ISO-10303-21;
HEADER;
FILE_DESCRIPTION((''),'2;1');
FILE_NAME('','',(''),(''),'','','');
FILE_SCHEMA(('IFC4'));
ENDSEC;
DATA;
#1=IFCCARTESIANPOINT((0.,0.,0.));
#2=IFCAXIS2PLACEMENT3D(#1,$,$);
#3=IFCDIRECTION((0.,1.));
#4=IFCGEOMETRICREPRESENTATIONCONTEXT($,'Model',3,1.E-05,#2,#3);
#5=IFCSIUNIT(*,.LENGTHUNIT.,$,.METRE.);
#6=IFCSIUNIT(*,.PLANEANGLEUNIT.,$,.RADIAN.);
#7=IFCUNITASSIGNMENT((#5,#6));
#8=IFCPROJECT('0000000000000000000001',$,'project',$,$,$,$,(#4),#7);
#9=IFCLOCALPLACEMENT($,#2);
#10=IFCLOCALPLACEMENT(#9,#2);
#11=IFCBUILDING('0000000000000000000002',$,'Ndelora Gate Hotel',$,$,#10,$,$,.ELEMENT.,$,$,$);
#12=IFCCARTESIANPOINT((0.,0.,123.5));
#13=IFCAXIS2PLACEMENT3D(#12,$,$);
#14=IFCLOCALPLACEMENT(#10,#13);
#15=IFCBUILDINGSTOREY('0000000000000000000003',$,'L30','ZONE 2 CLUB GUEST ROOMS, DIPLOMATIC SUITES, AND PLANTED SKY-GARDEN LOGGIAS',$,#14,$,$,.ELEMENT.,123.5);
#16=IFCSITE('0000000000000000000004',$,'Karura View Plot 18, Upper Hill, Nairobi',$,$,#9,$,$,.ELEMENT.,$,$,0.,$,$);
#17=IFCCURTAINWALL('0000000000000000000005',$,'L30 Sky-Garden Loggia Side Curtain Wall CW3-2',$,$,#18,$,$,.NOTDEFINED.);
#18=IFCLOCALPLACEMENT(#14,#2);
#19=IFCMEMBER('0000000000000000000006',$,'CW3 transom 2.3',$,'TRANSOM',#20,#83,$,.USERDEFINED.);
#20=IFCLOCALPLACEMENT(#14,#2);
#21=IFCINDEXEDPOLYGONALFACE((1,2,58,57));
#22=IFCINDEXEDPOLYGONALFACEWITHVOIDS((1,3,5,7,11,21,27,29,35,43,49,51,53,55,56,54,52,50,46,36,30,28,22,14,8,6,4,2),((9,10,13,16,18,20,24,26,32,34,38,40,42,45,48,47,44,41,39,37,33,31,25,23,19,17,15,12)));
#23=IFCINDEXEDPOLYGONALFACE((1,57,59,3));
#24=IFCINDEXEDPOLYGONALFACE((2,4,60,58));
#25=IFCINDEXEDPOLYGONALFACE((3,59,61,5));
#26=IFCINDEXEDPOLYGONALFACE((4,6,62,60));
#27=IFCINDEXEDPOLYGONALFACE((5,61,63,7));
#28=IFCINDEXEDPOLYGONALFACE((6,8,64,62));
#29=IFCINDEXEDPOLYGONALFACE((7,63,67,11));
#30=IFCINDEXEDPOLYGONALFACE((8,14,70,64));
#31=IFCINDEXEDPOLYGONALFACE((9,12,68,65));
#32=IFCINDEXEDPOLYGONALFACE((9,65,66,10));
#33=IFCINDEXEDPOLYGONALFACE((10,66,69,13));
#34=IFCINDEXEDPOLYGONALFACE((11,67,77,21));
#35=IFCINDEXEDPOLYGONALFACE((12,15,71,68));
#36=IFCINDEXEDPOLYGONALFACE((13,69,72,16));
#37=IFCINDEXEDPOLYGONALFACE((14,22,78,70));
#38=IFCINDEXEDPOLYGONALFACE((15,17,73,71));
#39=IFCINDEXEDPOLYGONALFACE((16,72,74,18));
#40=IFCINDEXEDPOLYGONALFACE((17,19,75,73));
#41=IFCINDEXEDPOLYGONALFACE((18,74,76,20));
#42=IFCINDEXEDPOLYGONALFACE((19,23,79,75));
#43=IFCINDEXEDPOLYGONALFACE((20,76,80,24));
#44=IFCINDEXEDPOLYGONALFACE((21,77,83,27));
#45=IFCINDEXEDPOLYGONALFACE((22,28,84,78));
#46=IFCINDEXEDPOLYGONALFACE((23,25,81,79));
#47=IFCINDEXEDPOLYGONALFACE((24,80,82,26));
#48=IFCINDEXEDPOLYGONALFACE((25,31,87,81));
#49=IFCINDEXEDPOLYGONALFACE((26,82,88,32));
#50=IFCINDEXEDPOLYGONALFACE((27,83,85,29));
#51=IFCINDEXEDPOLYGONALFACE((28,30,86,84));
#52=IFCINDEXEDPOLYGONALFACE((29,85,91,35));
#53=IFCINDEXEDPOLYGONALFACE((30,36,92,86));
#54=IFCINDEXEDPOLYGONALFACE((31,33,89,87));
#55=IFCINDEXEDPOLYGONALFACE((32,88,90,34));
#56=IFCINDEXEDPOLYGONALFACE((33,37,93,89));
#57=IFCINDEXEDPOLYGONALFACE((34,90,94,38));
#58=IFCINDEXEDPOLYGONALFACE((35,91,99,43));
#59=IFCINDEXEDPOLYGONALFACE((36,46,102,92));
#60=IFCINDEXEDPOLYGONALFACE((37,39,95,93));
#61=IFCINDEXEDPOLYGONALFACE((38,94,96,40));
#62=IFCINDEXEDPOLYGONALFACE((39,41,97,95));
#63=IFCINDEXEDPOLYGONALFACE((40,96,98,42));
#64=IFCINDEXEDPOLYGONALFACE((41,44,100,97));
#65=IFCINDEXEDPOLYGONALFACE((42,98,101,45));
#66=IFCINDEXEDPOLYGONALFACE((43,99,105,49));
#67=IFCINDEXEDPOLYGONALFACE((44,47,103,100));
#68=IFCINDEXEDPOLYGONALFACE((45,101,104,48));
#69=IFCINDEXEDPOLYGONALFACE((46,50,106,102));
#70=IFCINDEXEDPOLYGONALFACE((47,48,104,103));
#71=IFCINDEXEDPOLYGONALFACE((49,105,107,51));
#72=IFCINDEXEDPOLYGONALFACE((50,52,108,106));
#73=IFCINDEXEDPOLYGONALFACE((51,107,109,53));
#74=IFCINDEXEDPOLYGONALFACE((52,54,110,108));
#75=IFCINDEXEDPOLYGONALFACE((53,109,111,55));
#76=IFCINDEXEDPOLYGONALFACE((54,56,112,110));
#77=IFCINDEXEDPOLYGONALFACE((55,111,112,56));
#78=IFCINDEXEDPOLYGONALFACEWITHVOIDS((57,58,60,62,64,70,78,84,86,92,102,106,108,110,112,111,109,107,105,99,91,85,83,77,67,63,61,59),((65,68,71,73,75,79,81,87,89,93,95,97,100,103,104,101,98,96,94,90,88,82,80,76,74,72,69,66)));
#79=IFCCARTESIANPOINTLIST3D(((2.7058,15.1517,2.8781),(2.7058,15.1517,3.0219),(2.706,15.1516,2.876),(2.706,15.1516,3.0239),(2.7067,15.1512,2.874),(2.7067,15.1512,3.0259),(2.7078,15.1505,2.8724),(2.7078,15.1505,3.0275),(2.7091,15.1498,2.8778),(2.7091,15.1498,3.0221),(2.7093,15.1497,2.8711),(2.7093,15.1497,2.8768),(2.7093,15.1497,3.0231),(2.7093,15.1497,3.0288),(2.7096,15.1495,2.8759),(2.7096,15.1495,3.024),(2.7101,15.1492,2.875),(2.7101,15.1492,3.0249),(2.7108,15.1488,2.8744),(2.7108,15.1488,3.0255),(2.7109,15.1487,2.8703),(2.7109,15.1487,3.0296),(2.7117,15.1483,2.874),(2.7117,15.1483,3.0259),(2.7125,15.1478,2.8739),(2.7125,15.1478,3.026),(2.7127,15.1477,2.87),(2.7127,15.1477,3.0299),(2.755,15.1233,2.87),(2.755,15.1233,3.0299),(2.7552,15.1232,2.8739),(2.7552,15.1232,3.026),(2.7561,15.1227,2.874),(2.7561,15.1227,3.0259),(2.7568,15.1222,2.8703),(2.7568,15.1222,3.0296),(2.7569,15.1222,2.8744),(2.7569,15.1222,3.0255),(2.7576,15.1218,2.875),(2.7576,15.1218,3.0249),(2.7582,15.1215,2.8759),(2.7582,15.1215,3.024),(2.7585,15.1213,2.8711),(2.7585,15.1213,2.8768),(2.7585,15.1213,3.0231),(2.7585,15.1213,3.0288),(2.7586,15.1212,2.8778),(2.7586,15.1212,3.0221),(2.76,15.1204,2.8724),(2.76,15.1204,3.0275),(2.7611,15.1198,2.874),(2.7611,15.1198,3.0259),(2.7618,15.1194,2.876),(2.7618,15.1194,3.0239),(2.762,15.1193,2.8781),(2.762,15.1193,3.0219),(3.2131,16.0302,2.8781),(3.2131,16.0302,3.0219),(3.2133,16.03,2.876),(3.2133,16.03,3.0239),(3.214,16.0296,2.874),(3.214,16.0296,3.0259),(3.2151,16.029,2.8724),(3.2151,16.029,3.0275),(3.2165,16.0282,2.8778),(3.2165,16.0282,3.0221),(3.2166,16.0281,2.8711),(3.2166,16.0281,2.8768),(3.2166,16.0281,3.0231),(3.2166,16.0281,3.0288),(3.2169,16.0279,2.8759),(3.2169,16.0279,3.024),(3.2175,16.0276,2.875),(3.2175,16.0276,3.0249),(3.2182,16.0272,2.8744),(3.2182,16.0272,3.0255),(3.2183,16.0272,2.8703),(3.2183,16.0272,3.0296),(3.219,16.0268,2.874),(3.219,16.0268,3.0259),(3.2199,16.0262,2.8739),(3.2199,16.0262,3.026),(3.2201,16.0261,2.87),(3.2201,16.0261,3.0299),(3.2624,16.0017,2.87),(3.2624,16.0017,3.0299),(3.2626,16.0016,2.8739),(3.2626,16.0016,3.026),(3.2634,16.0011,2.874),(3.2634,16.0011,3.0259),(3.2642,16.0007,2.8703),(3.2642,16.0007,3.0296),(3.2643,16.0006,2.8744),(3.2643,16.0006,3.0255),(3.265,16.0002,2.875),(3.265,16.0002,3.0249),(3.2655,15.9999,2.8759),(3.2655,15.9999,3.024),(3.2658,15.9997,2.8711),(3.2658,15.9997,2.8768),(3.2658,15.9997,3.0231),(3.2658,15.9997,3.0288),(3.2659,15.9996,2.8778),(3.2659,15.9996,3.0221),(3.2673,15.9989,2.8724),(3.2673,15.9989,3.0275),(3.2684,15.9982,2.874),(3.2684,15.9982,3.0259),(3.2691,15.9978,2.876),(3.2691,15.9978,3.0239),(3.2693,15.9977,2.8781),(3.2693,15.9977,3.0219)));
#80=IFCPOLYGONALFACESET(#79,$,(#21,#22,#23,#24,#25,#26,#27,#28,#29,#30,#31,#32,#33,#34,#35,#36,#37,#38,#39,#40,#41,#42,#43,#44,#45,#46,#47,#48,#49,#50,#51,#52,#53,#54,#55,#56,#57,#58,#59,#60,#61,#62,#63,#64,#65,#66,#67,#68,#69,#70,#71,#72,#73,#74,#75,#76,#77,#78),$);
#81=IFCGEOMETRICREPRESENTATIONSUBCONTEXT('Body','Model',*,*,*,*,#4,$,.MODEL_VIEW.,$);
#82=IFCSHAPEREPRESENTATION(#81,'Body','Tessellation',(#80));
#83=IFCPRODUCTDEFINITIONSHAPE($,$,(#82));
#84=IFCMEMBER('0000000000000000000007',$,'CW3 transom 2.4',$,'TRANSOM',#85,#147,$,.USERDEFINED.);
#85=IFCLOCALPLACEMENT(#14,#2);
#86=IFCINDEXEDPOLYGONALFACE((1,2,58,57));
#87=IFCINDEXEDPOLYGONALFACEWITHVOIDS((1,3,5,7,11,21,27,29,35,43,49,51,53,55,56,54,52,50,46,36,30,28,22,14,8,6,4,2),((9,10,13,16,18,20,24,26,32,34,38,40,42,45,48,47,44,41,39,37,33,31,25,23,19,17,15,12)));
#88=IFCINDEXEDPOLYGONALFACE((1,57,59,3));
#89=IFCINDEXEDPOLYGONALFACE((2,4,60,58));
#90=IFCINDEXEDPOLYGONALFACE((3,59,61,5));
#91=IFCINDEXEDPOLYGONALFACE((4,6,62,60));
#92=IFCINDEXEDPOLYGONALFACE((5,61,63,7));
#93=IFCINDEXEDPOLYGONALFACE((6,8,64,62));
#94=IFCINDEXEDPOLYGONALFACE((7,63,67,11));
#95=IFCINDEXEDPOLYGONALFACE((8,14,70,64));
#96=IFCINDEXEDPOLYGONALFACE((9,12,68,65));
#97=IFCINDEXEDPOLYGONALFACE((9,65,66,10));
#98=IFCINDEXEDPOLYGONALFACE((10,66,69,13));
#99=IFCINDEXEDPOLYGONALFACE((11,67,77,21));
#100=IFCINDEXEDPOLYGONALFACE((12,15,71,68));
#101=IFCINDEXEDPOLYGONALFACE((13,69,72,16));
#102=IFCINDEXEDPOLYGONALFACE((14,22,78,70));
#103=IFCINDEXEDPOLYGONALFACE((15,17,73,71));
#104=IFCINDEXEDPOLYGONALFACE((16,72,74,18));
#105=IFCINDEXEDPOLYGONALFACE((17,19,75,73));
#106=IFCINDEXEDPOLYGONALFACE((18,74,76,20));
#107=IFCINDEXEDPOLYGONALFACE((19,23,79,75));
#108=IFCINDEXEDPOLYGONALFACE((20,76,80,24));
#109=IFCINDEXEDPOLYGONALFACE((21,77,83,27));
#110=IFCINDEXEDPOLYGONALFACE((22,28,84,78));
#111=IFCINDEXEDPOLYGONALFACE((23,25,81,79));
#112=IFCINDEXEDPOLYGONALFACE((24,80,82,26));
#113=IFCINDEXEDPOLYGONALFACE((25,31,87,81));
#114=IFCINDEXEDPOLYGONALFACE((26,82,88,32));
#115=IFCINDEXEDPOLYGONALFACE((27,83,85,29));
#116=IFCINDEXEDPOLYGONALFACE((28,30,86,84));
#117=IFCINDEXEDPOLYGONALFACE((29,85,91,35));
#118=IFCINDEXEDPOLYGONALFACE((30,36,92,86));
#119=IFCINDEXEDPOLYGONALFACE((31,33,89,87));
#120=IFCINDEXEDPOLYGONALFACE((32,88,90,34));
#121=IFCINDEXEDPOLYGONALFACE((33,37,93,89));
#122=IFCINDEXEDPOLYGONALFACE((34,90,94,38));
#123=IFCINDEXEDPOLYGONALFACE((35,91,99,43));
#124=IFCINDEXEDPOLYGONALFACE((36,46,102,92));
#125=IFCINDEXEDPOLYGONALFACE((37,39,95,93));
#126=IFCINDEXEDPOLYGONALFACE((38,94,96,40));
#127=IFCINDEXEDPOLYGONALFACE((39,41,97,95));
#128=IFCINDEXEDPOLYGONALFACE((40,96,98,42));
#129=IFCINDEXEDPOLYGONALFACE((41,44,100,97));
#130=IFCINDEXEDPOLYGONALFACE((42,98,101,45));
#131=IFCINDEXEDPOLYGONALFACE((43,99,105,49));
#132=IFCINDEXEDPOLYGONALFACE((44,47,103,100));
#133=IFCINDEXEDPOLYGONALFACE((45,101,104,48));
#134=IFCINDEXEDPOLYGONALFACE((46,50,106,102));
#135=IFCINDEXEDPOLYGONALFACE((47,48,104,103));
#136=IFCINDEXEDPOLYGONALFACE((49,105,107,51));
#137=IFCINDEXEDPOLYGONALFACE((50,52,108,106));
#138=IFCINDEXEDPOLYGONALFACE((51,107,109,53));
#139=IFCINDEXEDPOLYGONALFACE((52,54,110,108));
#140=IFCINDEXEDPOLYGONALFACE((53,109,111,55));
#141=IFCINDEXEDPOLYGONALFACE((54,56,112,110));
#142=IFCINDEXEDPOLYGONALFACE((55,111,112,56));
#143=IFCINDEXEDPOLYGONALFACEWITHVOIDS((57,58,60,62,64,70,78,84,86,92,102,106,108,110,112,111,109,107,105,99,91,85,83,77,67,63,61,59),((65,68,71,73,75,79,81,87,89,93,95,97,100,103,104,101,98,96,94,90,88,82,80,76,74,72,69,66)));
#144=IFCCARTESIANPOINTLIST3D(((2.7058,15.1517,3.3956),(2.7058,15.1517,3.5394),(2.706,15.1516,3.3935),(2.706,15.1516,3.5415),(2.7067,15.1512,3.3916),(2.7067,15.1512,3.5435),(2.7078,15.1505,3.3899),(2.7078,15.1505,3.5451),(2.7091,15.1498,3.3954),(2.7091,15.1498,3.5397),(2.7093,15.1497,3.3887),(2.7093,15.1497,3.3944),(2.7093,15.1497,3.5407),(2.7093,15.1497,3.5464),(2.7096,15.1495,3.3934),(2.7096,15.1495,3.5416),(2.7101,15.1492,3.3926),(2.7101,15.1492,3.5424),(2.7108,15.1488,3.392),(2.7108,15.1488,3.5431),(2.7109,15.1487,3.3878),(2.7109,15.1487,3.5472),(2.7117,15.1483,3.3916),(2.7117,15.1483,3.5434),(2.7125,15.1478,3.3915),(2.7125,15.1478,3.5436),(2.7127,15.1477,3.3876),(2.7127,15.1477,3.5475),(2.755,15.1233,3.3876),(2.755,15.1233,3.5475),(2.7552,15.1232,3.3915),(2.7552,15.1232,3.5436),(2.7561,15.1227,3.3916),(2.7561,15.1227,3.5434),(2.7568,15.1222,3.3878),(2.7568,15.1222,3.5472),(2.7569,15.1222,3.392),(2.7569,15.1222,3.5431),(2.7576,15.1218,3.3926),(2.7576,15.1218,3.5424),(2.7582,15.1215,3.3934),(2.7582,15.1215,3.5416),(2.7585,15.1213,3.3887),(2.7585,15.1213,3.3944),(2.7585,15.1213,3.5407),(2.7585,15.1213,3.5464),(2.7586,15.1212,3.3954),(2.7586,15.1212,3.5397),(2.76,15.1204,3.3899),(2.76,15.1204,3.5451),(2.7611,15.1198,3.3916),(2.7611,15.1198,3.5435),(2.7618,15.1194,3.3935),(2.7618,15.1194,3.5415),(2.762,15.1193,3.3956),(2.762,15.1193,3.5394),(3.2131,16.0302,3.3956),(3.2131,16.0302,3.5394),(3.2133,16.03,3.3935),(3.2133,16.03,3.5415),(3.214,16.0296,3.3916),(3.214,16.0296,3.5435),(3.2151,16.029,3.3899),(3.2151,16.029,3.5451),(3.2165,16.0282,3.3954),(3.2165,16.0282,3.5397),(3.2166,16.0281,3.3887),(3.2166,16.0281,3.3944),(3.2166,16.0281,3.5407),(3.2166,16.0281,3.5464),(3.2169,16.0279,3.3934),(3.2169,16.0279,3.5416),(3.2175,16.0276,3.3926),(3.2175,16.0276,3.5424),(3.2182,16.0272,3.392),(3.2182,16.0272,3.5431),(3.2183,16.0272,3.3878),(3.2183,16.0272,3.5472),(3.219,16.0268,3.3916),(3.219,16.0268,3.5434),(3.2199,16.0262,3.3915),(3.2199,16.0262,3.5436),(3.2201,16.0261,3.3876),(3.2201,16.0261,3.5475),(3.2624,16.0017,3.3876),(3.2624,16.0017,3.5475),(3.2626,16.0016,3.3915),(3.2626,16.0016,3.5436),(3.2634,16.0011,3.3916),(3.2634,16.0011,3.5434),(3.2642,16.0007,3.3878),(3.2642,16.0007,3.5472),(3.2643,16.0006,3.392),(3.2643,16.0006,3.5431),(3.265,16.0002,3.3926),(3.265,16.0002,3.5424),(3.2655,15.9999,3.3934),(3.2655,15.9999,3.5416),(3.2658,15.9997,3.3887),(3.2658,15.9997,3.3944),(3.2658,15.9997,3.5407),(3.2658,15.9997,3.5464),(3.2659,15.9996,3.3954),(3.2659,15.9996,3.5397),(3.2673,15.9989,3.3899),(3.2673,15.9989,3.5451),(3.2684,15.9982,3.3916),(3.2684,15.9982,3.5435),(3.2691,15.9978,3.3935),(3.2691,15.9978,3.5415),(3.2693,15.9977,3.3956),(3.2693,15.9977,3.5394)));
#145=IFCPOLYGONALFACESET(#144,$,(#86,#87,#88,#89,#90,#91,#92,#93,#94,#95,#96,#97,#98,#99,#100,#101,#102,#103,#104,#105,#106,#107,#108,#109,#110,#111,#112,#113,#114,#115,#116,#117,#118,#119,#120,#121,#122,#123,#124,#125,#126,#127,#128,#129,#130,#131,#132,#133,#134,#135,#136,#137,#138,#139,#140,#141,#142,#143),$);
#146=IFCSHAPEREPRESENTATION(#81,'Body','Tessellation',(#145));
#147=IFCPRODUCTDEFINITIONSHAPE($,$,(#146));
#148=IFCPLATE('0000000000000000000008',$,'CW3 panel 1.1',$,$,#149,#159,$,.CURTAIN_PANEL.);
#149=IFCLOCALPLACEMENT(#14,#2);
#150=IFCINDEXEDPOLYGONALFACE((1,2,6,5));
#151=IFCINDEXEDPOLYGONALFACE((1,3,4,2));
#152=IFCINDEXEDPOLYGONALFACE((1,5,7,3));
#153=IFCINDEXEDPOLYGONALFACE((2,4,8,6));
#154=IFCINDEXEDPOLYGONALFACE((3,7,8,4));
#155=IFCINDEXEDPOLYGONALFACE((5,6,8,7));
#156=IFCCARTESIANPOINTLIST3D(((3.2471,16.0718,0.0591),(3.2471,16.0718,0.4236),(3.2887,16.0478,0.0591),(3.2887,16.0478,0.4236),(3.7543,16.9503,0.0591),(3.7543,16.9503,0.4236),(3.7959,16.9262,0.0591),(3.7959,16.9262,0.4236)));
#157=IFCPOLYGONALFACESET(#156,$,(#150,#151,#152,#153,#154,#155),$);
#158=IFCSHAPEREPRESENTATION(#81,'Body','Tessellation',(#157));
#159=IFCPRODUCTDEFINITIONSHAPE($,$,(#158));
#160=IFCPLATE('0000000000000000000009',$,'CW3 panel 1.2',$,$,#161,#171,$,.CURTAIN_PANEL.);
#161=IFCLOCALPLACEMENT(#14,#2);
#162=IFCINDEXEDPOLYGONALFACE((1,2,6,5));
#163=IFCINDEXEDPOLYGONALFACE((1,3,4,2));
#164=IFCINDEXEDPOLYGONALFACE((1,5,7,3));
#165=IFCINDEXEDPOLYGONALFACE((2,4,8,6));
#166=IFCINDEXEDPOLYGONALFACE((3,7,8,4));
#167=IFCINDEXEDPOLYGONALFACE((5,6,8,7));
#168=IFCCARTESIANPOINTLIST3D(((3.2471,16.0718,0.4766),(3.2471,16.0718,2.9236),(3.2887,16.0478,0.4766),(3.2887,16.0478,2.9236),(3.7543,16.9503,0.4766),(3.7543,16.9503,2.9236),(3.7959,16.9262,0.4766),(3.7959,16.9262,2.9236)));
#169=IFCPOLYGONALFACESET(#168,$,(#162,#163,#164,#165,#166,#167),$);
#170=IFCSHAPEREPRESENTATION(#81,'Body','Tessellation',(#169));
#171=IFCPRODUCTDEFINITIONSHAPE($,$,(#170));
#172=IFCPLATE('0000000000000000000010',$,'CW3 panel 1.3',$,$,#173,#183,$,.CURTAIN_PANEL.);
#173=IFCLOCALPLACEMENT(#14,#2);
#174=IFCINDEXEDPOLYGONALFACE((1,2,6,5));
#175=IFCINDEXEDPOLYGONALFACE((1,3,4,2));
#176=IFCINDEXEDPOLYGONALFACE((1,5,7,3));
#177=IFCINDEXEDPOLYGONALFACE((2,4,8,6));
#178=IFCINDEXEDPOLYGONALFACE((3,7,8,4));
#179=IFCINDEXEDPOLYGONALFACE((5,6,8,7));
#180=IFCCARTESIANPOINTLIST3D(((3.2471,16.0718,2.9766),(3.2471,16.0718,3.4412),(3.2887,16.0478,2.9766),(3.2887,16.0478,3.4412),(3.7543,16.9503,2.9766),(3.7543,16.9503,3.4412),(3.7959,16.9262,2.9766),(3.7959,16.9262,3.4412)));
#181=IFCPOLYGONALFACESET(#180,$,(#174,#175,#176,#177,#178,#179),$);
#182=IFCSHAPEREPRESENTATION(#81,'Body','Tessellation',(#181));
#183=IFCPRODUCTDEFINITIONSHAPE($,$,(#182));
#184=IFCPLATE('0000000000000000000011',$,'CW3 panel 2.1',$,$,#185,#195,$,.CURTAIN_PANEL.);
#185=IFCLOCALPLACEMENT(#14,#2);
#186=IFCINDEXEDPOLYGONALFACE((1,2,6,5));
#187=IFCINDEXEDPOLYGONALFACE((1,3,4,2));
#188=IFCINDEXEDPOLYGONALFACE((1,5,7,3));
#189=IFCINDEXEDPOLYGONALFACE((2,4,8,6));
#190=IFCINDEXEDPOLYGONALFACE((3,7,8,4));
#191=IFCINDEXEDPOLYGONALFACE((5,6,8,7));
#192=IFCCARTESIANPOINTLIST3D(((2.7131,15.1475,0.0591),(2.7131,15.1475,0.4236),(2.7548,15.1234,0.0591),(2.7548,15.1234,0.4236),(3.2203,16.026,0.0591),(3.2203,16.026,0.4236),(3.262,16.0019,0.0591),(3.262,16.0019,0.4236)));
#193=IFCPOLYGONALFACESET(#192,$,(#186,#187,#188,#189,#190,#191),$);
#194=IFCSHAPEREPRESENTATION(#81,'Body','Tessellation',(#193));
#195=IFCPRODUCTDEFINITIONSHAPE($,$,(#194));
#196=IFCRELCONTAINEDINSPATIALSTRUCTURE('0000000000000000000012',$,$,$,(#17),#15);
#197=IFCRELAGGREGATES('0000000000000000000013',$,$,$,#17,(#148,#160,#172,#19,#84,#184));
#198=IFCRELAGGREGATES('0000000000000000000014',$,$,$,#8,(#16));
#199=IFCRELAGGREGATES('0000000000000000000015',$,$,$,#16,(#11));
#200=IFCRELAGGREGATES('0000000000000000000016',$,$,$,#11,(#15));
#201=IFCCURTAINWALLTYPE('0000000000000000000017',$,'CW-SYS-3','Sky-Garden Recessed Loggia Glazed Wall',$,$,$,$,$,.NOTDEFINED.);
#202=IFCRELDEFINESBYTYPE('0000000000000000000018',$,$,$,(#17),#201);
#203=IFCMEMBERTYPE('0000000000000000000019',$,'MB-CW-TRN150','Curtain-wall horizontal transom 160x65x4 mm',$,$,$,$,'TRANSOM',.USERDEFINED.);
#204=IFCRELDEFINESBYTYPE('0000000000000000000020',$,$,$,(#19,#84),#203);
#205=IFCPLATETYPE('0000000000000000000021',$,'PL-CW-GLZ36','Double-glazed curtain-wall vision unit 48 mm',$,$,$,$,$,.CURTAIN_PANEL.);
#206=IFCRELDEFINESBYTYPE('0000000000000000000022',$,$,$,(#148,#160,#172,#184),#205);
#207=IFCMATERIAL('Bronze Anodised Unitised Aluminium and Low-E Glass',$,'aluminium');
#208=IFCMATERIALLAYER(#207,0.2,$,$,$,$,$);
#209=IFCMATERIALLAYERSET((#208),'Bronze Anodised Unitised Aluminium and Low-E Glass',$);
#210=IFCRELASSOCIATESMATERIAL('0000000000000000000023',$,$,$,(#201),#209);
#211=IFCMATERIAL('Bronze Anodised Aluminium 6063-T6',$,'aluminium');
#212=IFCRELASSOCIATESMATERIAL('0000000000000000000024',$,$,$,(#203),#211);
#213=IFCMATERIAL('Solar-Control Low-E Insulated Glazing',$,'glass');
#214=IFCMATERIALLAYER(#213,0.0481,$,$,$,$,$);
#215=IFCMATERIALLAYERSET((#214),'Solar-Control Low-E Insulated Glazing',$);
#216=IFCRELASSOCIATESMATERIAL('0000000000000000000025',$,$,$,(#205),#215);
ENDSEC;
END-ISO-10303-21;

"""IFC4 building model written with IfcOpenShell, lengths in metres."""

from ifc_helpers import new_model, si_unit, direction, frame, origin, origin_2d, place, context, subcontext, project, spatial, rectangle, hollow_rectangle, extrude, material, layer, layer_set, material_profile, profile_set, type_object, element, aggregate, save


model = new_model("IFC4")

# Units and contexts
model_context = context("Model", 3, precision=1e-05, world=origin(), true_north=direction((0.0, 1.0)))
body_context = subcontext(model_context, "Body", "Model", "MODEL_VIEW")
ifc_project = project(units=[si_unit("LENGTHUNIT", "METRE"), si_unit("PLANEANGLEUNIT", "RADIAN")], contexts=[model_context])

# Site, building, storey
site_placement = place(None, origin())
site = spatial("IfcSite", under=ifc_project, at=site_placement, Name="Karura View Plot 18, Upper Hill, Nairobi", CompositionType="ELEMENT", RefElevation=0.0)
building_placement = place(site_placement, origin())
building = spatial("IfcBuilding", under=site, at=building_placement, Name="Ndelora Gate Hotel", CompositionType="ELEMENT")
storey_placement = place(building_placement, frame((0.0, 0.0, 123.5)))
storey = spatial("IfcBuildingStorey", under=building, at=storey_placement, Name="L30", Description="ZONE 2 CLUB GUEST ROOMS, DIPLOMATIC SUITES, AND PLANTED SKY-GARDEN LOGGIAS", CompositionType="ELEMENT", Elevation=123.5)

# Curtain wall, members, plates
ifc_material_1 = material(Name="Bronze Anodised Unitised Aluminium and Low-E Glass", Category="aluminium")
ifc_layer_1 = layer(ifc_material_1, 0.2)
ifc_layer_set_1 = layer_set([ifc_layer_1], Name="Bronze Anodised Unitised Aluminium and Low-E Glass")
curtain_wall_type = type_object("IfcCurtainWallType", Name="CW-SYS-3", Description="Sky-Garden Recessed Loggia Glazed Wall", PredefinedType="NOTDEFINED", material=ifc_layer_set_1)
curtain_wall_placement = place(storey_placement, origin())
curtain_wall = element("IfcCurtainWall", 1, at=curtain_wall_placement, inside=storey, type_object=curtain_wall_type, Name="L30 Sky-Garden Loggia Side Curtain Wall CW3-2", PredefinedType="NOTDEFINED")
ifc_material_2 = material(Name="Bronze Anodised Aluminium 6063-T6", Category="aluminium")
ifc_material_profile_1 = material_profile(ifc_material_2, hollow_rectangle(XDim=0.0649, YDim=0.1599, WallThickness=0.0039, InnerFilletRadius=0.0039, OuterFilletRadius=0.0081, at=origin_2d()), Name="ALU 160x65x4")
ifc_profile_set_1 = profile_set([ifc_material_profile_1], Name="Bronze Anodised Aluminium 6063-T6")
member_type_1 = type_object("IfcMemberType", Name="MB-CW-TRN150", Description="Curtain-wall horizontal transom 160x65x4 mm", ElementType="TRANSOM", PredefinedType="USERDEFINED", material=ifc_profile_set_1)
member_1_placement = place(storey_placement, frame((3.2412, 16.0139, 2.95), z_axis=(-0.500125, -0.865953, 0.0), x_axis=(0.865953, -0.500125, 0.0)))
member_1 = element("IfcMember", 2, at=member_1_placement, type_object=member_type_1, Name="CW3 transom 2.3", ObjectType="TRANSOM", PredefinedType="USERDEFINED", context=body_context, shape_type="SweptSolid", body=[
    extrude(hollow_rectangle(XDim=0.0649, YDim=0.1599, WallThickness=0.0039, InnerFilletRadius=0.0039, OuterFilletRadius=0.0081, at=origin_2d()), origin(), (0.0, 0.0, 1.0), 1.0144),
])
member_2_placement = place(storey_placement, frame((3.2412, 16.0139, 3.4675), z_axis=(-0.500125, -0.865953, 0.0), x_axis=(0.865953, -0.500125, 0.0)))
member_2 = element("IfcMember", 3, at=member_2_placement, type_object=member_type_1, Name="CW3 transom 2.4", ObjectType="TRANSOM", PredefinedType="USERDEFINED", context=body_context, shape_type="SweptSolid", body=[
    extrude(hollow_rectangle(XDim=0.0649, YDim=0.1599, WallThickness=0.0039, InnerFilletRadius=0.0039, OuterFilletRadius=0.0081, at=origin_2d()), origin(), (0.0, 0.0, 1.0), 1.0144),
])
ifc_material_3 = material(Name="Solar-Control Low-E Insulated Glazing", Category="glass")
ifc_layer_2 = layer(ifc_material_3, 0.0481)
ifc_layer_set_2 = layer_set([ifc_layer_2], Name="Solar-Control Low-E Insulated Glazing")
plate_type = type_object("IfcPlateType", Name="PL-CW-GLZ36", Description="Double-glazed curtain-wall vision unit 48 mm", PredefinedType="CURTAIN_PANEL", material=ifc_layer_set_2)
plate_1_placement = place(storey_placement, frame((3.5215, 16.499, 0.0591), z_axis=(0.0, 0.0, 1.0), x_axis=(-0.500011, -0.866019, 0.0)))
plate_1 = element("IfcPlate", 4, at=plate_1_placement, type_object=plate_type, Name="CW3 panel 1.1", PredefinedType="CURTAIN_PANEL", context=body_context, shape_type="SweptSolid", body=[
    extrude(rectangle(XDim=1.0144, YDim=0.0481, at=origin_2d()), origin(), (0.0, 0.0, 1.0), 0.3645),
])
plate_2_placement = place(storey_placement, frame((3.5215, 16.499, 0.4766), z_axis=(0.0, 0.0, 1.0), x_axis=(-0.500011, -0.866019, 0.0)))
plate_2 = element("IfcPlate", 5, at=plate_2_placement, type_object=plate_type, Name="CW3 panel 1.2", PredefinedType="CURTAIN_PANEL", context=body_context, shape_type="SweptSolid", body=[
    extrude(rectangle(XDim=1.0144, YDim=0.0481, at=origin_2d()), origin(), (0.0, 0.0, 1.0), 2.447),
])
plate_3_placement = place(storey_placement, frame((3.5215, 16.499, 2.9766), z_axis=(0.0, 0.0, 1.0), x_axis=(-0.500011, -0.866019, 0.0)))
plate_3 = element("IfcPlate", 6, at=plate_3_placement, type_object=plate_type, Name="CW3 panel 1.3", PredefinedType="CURTAIN_PANEL", context=body_context, shape_type="SweptSolid", body=[
    extrude(rectangle(XDim=1.0144, YDim=0.0481, at=origin_2d()), origin(), (0.0, 0.0, 1.0), 0.4646),
])
plate_4_placement = place(storey_placement, frame((2.9875, 15.5747, 0.0591), z_axis=(0.0, 0.0, 1.0), x_axis=(-0.500011, -0.866019, 0.0)))
plate_4 = element("IfcPlate", 7, at=plate_4_placement, type_object=plate_type, Name="CW3 panel 2.1", PredefinedType="CURTAIN_PANEL", context=body_context, shape_type="SweptSolid", body=[
    extrude(rectangle(XDim=1.0144, YDim=0.0481, at=origin_2d()), origin(), (0.0, 0.0, 1.0), 0.3645),
])
aggregate(curtain_wall, [plate_1, plate_2, plate_3, member_1, member_2, plate_4])

save(model, "model.ifc")
